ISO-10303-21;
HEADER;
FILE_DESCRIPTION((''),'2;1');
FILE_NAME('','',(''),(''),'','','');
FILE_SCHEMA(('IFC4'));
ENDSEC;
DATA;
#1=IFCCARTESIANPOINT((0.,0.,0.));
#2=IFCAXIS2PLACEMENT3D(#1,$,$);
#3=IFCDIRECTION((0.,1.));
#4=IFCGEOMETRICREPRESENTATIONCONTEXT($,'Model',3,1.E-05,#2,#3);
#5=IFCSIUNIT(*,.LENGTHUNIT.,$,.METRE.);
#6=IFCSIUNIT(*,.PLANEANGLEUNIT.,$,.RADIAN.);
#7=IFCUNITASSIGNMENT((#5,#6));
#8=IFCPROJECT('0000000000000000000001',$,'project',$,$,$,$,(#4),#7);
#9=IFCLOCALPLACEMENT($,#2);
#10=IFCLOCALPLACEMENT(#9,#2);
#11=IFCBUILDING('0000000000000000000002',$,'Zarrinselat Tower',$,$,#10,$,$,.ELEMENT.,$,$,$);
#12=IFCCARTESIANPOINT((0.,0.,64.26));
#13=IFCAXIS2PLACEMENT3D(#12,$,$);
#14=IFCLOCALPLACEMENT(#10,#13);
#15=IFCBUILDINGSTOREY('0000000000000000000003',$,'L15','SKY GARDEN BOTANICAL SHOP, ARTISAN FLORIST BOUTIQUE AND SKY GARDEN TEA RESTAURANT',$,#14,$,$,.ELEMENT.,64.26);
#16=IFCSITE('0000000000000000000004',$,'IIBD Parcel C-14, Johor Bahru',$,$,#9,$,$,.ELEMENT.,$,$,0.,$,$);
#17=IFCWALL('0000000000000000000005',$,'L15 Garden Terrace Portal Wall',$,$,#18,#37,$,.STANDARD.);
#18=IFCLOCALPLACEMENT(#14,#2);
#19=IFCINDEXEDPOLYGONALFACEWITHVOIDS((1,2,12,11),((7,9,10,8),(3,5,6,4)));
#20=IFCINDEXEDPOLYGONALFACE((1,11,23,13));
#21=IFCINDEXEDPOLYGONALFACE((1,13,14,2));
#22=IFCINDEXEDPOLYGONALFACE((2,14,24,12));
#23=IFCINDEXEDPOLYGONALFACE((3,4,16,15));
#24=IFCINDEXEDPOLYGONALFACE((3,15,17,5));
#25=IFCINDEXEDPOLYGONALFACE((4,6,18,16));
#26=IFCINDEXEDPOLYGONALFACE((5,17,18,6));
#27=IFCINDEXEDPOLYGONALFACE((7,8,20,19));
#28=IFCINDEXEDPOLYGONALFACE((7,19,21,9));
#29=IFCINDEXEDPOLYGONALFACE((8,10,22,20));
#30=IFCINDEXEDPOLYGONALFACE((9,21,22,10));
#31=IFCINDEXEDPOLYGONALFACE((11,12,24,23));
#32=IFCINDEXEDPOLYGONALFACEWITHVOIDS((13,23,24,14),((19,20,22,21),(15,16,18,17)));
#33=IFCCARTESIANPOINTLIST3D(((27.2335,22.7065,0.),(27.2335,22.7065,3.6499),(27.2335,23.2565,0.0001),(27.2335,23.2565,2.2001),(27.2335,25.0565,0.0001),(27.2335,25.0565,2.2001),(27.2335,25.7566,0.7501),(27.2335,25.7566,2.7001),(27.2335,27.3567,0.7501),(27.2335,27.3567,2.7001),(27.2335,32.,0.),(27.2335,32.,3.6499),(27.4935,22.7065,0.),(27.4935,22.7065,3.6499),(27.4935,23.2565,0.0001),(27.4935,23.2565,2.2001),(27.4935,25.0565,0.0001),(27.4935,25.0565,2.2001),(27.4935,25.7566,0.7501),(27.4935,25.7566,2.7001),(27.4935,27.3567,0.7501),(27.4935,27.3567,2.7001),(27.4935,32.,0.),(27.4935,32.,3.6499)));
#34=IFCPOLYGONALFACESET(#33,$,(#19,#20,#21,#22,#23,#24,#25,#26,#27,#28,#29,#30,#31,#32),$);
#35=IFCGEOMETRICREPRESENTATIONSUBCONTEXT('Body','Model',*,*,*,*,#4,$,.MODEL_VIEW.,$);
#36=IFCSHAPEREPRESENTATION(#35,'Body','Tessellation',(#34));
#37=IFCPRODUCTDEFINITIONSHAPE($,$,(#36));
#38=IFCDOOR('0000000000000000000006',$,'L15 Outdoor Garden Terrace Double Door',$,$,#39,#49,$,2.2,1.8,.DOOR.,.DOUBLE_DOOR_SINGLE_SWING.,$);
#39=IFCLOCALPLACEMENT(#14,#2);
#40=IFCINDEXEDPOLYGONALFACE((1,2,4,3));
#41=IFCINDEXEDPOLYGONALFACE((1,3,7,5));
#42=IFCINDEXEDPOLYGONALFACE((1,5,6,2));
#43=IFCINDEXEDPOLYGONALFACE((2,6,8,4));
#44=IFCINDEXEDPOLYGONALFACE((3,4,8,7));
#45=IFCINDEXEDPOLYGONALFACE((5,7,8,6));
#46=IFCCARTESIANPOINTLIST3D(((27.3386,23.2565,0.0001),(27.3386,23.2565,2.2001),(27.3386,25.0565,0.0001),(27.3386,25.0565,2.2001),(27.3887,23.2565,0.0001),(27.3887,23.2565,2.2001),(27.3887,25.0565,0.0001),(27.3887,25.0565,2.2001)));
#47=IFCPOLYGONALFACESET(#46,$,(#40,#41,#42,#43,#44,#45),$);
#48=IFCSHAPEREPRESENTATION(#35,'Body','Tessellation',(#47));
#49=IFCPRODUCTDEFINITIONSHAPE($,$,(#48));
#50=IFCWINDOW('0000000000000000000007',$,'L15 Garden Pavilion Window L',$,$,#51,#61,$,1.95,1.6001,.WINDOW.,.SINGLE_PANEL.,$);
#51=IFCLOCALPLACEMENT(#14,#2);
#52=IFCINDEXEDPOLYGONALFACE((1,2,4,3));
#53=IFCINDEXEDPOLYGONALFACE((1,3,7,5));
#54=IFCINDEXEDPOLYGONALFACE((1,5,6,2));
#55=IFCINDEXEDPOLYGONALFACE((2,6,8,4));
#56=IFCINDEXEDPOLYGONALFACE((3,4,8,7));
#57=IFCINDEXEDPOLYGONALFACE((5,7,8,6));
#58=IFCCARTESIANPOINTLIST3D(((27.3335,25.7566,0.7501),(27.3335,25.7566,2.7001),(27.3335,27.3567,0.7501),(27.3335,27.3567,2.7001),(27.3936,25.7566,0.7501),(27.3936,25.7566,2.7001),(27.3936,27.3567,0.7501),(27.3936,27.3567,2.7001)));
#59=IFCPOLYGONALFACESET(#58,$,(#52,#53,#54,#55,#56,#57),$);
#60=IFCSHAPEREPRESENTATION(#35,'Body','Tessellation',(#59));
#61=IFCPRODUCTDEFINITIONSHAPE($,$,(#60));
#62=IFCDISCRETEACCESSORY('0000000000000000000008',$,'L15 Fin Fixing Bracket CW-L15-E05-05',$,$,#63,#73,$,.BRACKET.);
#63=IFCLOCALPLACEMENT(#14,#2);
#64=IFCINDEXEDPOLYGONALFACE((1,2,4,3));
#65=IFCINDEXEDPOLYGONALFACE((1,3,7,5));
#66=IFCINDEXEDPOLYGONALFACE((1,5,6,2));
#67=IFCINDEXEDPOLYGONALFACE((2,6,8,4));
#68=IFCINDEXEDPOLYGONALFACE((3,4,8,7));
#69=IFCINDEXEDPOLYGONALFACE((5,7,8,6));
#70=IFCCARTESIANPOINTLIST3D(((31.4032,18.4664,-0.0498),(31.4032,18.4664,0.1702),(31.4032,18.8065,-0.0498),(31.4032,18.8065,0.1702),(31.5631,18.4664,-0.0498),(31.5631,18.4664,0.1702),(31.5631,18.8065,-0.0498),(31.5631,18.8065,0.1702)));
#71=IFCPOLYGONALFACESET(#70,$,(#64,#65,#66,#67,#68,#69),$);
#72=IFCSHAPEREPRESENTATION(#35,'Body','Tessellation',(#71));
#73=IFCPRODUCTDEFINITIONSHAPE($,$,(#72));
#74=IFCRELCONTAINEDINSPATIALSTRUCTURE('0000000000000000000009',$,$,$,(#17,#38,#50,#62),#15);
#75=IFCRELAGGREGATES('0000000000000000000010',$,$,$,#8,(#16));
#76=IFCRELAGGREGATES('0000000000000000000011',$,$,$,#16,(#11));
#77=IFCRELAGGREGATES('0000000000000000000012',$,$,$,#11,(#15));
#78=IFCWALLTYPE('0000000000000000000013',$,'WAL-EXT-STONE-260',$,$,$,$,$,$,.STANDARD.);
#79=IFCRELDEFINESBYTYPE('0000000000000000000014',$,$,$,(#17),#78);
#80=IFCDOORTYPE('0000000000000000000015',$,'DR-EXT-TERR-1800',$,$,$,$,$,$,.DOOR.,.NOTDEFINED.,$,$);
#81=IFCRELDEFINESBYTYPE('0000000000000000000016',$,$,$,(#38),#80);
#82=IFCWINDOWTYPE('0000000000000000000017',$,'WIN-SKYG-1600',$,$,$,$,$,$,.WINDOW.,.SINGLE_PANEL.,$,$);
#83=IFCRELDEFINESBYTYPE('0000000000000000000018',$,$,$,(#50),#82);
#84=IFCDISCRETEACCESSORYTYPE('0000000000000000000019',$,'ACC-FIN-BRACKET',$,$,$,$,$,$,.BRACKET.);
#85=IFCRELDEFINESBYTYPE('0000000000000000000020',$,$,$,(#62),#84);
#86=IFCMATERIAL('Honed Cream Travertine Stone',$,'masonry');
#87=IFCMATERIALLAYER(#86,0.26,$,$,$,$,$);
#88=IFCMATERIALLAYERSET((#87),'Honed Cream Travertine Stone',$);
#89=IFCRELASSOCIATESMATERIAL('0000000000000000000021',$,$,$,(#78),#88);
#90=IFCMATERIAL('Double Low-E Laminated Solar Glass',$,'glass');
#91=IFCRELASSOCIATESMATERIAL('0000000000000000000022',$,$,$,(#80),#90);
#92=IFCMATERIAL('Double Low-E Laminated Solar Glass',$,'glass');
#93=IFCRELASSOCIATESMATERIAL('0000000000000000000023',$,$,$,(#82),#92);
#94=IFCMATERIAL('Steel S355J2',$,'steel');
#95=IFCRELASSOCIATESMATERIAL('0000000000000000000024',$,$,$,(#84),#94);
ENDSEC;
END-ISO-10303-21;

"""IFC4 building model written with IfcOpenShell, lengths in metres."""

from ifc_helpers import new_model, si_unit, direction, frame, frame_2d, origin, origin_2d, place, context, subcontext, project, spatial, rectangle, extrude, material, layer, layer_set, type_object, element, fill, save


model = new_model("IFC4")

# Units and contexts
model_context = context("Model", 3, precision=1e-05, world=origin(), true_north=direction((0.0, 1.0)))
body_context = subcontext(model_context, "Body", "Model", "MODEL_VIEW")
ifc_project = project(units=[si_unit("LENGTHUNIT", "METRE"), si_unit("PLANEANGLEUNIT", "RADIAN")], contexts=[model_context])

# Site, building, storey
site_placement = place(None, origin())
site = spatial("IfcSite", under=ifc_project, at=site_placement, Name="IIBD Parcel C-14, Johor Bahru", CompositionType="ELEMENT", RefElevation=0.0)
building_placement = place(site_placement, origin())
building = spatial("IfcBuilding", under=site, at=building_placement, Name="Zarrinselat Tower", CompositionType="ELEMENT")
storey_placement = place(building_placement, frame((0.0, 0.0, 64.26)))
storey = spatial("IfcBuildingStorey", under=building, at=storey_placement, Name="L15", Description="SKY GARDEN BOTANICAL SHOP, ARTISAN FLORIST BOUTIQUE AND SKY GARDEN TEA RESTAURANT", CompositionType="ELEMENT", Elevation=64.26)

# Wall, openings, door, window
ifc_material_1 = material(Name="Honed Cream Travertine Stone", Category="masonry")
ifc_layer_1 = layer(ifc_material_1, 0.26)
ifc_layer_set_1 = layer_set([ifc_layer_1], Name="Honed Cream Travertine Stone")
wall_type = type_object("IfcWallType", Name="WAL-EXT-STONE-260", PredefinedType="STANDARD", material=ifc_layer_set_1)
wall_placement = place(storey_placement, frame((27.3635, 22.7065, 0.0), z_axis=(0.0, 0.0, 1.0), x_axis=(0.0, 1.0, 0.0)))
wall = element("IfcWall", 1, at=wall_placement, inside=storey, type_object=wall_type, Name="L15 Garden Terrace Portal Wall", PredefinedType="STANDARD", context=body_context, shape_type="SweptSolid", body=[
    extrude(rectangle(XDim=9.2935, YDim=0.26, at=frame_2d((4.6467, 0.0))), origin(), (0.0, 0.0, 1.0), 3.6499),
])
opening_1_placement = place(wall_placement, frame((0.55, 0.0, 0.0)))
opening_1 = element("IfcOpeningElement", 2, at=opening_1_placement, cuts=wall, PredefinedType="OPENING", context=body_context, shape_type="SweptSolid", body=[
    extrude(rectangle(XDim=1.8, YDim=2.2, at=frame_2d((0.8999, 1.1001))), frame((0.0, 0.1399, 0.0), z_axis=(0.0, -1.0, 0.0), x_axis=(1.0, 0.0, 0.0)), (0.0, 0.0, 1.0), 0.28),
])
opening_2_placement = place(wall_placement, frame((3.05, 0.0, 0.75)))
opening_2 = element("IfcOpeningElement", 3, at=opening_2_placement, cuts=wall, PredefinedType="OPENING", context=body_context, shape_type="SweptSolid", body=[
    extrude(rectangle(XDim=1.6001, YDim=1.95, at=frame_2d((0.8, 0.9751))), frame((0.0, 0.1399, 0.0), z_axis=(0.0, -1.0, 0.0), x_axis=(1.0, 0.0, 0.0)), (0.0, 0.0, 1.0), 0.28),
])
ifc_material_2 = material(Name="Double Low-E Laminated Solar Glass", Category="glass")
door_type = type_object("IfcDoorType", Name="DR-EXT-TERR-1800", OperationType="NOTDEFINED", PredefinedType="DOOR", material=ifc_material_2)
door_placement = place(opening_1_placement, origin())
door = element("IfcDoor", 4, at=door_placement, inside=storey, type_object=door_type, Name="L15 Outdoor Garden Terrace Double Door", OperationType="DOUBLE_DOOR_SINGLE_SWING", OverallHeight=2.2, OverallWidth=1.8, PredefinedType="DOOR", context=body_context, shape_type="SweptSolid", body=[
    extrude(rectangle(XDim=1.8, YDim=2.2, at=frame_2d((0.8999, 1.1001))), frame((0.0, 0.0249, 0.0), z_axis=(0.0, -1.0, 0.0), x_axis=(1.0, 0.0, 0.0)), (0.0, 0.0, 1.0), 0.05),
])
fill(opening_1, door)
ifc_material_3 = material(Name="Double Low-E Laminated Solar Glass", Category="glass")
window_type = type_object("IfcWindowType", Name="WIN-SKYG-1600", PartitioningType="SINGLE_PANEL", PredefinedType="WINDOW", material=ifc_material_3)
window_placement = place(opening_2_placement, origin())
window = element("IfcWindow", 5, at=window_placement, inside=storey, type_object=window_type, Name="L15 Garden Pavilion Window L", OverallHeight=1.95, OverallWidth=1.6001, PartitioningType="SINGLE_PANEL", PredefinedType="WINDOW", context=body_context, shape_type="SweptSolid", body=[
    extrude(rectangle(XDim=1.6001, YDim=1.95, at=frame_2d((0.8, 0.9751))), frame((0.0, 0.03, 0.0), z_axis=(0.0, -1.0, 0.0), x_axis=(1.0, 0.0, 0.0)), (0.0, 0.0, 1.0), 0.0601),
])
fill(opening_2, window)

# Discrete accessory
ifc_material_4 = material(Name="Steel S355J2", Category="steel")
discrete_accessory_type = type_object("IfcDiscreteAccessoryType", Name="ACC-FIN-BRACKET", PredefinedType="BRACKET", material=ifc_material_4)
discrete_accessory_placement = place(storey_placement, frame((31.4832, 18.6365, -0.0498), z_axis=(0.0, 0.0, 1.0), x_axis=(0.0, -1.0, 0.0)))
element("IfcDiscreteAccessory", 6, at=discrete_accessory_placement, inside=storey, type_object=discrete_accessory_type, Name="L15 Fin Fixing Bracket CW-L15-E05-05", PredefinedType="BRACKET", context=body_context, shape_type="SweptSolid", body=[
    extrude(rectangle(XDim=0.3401, YDim=0.1599, at=origin_2d()), origin(), (0.0, 0.0, 1.0), 0.22),
])

save(model, "model.ifc")
